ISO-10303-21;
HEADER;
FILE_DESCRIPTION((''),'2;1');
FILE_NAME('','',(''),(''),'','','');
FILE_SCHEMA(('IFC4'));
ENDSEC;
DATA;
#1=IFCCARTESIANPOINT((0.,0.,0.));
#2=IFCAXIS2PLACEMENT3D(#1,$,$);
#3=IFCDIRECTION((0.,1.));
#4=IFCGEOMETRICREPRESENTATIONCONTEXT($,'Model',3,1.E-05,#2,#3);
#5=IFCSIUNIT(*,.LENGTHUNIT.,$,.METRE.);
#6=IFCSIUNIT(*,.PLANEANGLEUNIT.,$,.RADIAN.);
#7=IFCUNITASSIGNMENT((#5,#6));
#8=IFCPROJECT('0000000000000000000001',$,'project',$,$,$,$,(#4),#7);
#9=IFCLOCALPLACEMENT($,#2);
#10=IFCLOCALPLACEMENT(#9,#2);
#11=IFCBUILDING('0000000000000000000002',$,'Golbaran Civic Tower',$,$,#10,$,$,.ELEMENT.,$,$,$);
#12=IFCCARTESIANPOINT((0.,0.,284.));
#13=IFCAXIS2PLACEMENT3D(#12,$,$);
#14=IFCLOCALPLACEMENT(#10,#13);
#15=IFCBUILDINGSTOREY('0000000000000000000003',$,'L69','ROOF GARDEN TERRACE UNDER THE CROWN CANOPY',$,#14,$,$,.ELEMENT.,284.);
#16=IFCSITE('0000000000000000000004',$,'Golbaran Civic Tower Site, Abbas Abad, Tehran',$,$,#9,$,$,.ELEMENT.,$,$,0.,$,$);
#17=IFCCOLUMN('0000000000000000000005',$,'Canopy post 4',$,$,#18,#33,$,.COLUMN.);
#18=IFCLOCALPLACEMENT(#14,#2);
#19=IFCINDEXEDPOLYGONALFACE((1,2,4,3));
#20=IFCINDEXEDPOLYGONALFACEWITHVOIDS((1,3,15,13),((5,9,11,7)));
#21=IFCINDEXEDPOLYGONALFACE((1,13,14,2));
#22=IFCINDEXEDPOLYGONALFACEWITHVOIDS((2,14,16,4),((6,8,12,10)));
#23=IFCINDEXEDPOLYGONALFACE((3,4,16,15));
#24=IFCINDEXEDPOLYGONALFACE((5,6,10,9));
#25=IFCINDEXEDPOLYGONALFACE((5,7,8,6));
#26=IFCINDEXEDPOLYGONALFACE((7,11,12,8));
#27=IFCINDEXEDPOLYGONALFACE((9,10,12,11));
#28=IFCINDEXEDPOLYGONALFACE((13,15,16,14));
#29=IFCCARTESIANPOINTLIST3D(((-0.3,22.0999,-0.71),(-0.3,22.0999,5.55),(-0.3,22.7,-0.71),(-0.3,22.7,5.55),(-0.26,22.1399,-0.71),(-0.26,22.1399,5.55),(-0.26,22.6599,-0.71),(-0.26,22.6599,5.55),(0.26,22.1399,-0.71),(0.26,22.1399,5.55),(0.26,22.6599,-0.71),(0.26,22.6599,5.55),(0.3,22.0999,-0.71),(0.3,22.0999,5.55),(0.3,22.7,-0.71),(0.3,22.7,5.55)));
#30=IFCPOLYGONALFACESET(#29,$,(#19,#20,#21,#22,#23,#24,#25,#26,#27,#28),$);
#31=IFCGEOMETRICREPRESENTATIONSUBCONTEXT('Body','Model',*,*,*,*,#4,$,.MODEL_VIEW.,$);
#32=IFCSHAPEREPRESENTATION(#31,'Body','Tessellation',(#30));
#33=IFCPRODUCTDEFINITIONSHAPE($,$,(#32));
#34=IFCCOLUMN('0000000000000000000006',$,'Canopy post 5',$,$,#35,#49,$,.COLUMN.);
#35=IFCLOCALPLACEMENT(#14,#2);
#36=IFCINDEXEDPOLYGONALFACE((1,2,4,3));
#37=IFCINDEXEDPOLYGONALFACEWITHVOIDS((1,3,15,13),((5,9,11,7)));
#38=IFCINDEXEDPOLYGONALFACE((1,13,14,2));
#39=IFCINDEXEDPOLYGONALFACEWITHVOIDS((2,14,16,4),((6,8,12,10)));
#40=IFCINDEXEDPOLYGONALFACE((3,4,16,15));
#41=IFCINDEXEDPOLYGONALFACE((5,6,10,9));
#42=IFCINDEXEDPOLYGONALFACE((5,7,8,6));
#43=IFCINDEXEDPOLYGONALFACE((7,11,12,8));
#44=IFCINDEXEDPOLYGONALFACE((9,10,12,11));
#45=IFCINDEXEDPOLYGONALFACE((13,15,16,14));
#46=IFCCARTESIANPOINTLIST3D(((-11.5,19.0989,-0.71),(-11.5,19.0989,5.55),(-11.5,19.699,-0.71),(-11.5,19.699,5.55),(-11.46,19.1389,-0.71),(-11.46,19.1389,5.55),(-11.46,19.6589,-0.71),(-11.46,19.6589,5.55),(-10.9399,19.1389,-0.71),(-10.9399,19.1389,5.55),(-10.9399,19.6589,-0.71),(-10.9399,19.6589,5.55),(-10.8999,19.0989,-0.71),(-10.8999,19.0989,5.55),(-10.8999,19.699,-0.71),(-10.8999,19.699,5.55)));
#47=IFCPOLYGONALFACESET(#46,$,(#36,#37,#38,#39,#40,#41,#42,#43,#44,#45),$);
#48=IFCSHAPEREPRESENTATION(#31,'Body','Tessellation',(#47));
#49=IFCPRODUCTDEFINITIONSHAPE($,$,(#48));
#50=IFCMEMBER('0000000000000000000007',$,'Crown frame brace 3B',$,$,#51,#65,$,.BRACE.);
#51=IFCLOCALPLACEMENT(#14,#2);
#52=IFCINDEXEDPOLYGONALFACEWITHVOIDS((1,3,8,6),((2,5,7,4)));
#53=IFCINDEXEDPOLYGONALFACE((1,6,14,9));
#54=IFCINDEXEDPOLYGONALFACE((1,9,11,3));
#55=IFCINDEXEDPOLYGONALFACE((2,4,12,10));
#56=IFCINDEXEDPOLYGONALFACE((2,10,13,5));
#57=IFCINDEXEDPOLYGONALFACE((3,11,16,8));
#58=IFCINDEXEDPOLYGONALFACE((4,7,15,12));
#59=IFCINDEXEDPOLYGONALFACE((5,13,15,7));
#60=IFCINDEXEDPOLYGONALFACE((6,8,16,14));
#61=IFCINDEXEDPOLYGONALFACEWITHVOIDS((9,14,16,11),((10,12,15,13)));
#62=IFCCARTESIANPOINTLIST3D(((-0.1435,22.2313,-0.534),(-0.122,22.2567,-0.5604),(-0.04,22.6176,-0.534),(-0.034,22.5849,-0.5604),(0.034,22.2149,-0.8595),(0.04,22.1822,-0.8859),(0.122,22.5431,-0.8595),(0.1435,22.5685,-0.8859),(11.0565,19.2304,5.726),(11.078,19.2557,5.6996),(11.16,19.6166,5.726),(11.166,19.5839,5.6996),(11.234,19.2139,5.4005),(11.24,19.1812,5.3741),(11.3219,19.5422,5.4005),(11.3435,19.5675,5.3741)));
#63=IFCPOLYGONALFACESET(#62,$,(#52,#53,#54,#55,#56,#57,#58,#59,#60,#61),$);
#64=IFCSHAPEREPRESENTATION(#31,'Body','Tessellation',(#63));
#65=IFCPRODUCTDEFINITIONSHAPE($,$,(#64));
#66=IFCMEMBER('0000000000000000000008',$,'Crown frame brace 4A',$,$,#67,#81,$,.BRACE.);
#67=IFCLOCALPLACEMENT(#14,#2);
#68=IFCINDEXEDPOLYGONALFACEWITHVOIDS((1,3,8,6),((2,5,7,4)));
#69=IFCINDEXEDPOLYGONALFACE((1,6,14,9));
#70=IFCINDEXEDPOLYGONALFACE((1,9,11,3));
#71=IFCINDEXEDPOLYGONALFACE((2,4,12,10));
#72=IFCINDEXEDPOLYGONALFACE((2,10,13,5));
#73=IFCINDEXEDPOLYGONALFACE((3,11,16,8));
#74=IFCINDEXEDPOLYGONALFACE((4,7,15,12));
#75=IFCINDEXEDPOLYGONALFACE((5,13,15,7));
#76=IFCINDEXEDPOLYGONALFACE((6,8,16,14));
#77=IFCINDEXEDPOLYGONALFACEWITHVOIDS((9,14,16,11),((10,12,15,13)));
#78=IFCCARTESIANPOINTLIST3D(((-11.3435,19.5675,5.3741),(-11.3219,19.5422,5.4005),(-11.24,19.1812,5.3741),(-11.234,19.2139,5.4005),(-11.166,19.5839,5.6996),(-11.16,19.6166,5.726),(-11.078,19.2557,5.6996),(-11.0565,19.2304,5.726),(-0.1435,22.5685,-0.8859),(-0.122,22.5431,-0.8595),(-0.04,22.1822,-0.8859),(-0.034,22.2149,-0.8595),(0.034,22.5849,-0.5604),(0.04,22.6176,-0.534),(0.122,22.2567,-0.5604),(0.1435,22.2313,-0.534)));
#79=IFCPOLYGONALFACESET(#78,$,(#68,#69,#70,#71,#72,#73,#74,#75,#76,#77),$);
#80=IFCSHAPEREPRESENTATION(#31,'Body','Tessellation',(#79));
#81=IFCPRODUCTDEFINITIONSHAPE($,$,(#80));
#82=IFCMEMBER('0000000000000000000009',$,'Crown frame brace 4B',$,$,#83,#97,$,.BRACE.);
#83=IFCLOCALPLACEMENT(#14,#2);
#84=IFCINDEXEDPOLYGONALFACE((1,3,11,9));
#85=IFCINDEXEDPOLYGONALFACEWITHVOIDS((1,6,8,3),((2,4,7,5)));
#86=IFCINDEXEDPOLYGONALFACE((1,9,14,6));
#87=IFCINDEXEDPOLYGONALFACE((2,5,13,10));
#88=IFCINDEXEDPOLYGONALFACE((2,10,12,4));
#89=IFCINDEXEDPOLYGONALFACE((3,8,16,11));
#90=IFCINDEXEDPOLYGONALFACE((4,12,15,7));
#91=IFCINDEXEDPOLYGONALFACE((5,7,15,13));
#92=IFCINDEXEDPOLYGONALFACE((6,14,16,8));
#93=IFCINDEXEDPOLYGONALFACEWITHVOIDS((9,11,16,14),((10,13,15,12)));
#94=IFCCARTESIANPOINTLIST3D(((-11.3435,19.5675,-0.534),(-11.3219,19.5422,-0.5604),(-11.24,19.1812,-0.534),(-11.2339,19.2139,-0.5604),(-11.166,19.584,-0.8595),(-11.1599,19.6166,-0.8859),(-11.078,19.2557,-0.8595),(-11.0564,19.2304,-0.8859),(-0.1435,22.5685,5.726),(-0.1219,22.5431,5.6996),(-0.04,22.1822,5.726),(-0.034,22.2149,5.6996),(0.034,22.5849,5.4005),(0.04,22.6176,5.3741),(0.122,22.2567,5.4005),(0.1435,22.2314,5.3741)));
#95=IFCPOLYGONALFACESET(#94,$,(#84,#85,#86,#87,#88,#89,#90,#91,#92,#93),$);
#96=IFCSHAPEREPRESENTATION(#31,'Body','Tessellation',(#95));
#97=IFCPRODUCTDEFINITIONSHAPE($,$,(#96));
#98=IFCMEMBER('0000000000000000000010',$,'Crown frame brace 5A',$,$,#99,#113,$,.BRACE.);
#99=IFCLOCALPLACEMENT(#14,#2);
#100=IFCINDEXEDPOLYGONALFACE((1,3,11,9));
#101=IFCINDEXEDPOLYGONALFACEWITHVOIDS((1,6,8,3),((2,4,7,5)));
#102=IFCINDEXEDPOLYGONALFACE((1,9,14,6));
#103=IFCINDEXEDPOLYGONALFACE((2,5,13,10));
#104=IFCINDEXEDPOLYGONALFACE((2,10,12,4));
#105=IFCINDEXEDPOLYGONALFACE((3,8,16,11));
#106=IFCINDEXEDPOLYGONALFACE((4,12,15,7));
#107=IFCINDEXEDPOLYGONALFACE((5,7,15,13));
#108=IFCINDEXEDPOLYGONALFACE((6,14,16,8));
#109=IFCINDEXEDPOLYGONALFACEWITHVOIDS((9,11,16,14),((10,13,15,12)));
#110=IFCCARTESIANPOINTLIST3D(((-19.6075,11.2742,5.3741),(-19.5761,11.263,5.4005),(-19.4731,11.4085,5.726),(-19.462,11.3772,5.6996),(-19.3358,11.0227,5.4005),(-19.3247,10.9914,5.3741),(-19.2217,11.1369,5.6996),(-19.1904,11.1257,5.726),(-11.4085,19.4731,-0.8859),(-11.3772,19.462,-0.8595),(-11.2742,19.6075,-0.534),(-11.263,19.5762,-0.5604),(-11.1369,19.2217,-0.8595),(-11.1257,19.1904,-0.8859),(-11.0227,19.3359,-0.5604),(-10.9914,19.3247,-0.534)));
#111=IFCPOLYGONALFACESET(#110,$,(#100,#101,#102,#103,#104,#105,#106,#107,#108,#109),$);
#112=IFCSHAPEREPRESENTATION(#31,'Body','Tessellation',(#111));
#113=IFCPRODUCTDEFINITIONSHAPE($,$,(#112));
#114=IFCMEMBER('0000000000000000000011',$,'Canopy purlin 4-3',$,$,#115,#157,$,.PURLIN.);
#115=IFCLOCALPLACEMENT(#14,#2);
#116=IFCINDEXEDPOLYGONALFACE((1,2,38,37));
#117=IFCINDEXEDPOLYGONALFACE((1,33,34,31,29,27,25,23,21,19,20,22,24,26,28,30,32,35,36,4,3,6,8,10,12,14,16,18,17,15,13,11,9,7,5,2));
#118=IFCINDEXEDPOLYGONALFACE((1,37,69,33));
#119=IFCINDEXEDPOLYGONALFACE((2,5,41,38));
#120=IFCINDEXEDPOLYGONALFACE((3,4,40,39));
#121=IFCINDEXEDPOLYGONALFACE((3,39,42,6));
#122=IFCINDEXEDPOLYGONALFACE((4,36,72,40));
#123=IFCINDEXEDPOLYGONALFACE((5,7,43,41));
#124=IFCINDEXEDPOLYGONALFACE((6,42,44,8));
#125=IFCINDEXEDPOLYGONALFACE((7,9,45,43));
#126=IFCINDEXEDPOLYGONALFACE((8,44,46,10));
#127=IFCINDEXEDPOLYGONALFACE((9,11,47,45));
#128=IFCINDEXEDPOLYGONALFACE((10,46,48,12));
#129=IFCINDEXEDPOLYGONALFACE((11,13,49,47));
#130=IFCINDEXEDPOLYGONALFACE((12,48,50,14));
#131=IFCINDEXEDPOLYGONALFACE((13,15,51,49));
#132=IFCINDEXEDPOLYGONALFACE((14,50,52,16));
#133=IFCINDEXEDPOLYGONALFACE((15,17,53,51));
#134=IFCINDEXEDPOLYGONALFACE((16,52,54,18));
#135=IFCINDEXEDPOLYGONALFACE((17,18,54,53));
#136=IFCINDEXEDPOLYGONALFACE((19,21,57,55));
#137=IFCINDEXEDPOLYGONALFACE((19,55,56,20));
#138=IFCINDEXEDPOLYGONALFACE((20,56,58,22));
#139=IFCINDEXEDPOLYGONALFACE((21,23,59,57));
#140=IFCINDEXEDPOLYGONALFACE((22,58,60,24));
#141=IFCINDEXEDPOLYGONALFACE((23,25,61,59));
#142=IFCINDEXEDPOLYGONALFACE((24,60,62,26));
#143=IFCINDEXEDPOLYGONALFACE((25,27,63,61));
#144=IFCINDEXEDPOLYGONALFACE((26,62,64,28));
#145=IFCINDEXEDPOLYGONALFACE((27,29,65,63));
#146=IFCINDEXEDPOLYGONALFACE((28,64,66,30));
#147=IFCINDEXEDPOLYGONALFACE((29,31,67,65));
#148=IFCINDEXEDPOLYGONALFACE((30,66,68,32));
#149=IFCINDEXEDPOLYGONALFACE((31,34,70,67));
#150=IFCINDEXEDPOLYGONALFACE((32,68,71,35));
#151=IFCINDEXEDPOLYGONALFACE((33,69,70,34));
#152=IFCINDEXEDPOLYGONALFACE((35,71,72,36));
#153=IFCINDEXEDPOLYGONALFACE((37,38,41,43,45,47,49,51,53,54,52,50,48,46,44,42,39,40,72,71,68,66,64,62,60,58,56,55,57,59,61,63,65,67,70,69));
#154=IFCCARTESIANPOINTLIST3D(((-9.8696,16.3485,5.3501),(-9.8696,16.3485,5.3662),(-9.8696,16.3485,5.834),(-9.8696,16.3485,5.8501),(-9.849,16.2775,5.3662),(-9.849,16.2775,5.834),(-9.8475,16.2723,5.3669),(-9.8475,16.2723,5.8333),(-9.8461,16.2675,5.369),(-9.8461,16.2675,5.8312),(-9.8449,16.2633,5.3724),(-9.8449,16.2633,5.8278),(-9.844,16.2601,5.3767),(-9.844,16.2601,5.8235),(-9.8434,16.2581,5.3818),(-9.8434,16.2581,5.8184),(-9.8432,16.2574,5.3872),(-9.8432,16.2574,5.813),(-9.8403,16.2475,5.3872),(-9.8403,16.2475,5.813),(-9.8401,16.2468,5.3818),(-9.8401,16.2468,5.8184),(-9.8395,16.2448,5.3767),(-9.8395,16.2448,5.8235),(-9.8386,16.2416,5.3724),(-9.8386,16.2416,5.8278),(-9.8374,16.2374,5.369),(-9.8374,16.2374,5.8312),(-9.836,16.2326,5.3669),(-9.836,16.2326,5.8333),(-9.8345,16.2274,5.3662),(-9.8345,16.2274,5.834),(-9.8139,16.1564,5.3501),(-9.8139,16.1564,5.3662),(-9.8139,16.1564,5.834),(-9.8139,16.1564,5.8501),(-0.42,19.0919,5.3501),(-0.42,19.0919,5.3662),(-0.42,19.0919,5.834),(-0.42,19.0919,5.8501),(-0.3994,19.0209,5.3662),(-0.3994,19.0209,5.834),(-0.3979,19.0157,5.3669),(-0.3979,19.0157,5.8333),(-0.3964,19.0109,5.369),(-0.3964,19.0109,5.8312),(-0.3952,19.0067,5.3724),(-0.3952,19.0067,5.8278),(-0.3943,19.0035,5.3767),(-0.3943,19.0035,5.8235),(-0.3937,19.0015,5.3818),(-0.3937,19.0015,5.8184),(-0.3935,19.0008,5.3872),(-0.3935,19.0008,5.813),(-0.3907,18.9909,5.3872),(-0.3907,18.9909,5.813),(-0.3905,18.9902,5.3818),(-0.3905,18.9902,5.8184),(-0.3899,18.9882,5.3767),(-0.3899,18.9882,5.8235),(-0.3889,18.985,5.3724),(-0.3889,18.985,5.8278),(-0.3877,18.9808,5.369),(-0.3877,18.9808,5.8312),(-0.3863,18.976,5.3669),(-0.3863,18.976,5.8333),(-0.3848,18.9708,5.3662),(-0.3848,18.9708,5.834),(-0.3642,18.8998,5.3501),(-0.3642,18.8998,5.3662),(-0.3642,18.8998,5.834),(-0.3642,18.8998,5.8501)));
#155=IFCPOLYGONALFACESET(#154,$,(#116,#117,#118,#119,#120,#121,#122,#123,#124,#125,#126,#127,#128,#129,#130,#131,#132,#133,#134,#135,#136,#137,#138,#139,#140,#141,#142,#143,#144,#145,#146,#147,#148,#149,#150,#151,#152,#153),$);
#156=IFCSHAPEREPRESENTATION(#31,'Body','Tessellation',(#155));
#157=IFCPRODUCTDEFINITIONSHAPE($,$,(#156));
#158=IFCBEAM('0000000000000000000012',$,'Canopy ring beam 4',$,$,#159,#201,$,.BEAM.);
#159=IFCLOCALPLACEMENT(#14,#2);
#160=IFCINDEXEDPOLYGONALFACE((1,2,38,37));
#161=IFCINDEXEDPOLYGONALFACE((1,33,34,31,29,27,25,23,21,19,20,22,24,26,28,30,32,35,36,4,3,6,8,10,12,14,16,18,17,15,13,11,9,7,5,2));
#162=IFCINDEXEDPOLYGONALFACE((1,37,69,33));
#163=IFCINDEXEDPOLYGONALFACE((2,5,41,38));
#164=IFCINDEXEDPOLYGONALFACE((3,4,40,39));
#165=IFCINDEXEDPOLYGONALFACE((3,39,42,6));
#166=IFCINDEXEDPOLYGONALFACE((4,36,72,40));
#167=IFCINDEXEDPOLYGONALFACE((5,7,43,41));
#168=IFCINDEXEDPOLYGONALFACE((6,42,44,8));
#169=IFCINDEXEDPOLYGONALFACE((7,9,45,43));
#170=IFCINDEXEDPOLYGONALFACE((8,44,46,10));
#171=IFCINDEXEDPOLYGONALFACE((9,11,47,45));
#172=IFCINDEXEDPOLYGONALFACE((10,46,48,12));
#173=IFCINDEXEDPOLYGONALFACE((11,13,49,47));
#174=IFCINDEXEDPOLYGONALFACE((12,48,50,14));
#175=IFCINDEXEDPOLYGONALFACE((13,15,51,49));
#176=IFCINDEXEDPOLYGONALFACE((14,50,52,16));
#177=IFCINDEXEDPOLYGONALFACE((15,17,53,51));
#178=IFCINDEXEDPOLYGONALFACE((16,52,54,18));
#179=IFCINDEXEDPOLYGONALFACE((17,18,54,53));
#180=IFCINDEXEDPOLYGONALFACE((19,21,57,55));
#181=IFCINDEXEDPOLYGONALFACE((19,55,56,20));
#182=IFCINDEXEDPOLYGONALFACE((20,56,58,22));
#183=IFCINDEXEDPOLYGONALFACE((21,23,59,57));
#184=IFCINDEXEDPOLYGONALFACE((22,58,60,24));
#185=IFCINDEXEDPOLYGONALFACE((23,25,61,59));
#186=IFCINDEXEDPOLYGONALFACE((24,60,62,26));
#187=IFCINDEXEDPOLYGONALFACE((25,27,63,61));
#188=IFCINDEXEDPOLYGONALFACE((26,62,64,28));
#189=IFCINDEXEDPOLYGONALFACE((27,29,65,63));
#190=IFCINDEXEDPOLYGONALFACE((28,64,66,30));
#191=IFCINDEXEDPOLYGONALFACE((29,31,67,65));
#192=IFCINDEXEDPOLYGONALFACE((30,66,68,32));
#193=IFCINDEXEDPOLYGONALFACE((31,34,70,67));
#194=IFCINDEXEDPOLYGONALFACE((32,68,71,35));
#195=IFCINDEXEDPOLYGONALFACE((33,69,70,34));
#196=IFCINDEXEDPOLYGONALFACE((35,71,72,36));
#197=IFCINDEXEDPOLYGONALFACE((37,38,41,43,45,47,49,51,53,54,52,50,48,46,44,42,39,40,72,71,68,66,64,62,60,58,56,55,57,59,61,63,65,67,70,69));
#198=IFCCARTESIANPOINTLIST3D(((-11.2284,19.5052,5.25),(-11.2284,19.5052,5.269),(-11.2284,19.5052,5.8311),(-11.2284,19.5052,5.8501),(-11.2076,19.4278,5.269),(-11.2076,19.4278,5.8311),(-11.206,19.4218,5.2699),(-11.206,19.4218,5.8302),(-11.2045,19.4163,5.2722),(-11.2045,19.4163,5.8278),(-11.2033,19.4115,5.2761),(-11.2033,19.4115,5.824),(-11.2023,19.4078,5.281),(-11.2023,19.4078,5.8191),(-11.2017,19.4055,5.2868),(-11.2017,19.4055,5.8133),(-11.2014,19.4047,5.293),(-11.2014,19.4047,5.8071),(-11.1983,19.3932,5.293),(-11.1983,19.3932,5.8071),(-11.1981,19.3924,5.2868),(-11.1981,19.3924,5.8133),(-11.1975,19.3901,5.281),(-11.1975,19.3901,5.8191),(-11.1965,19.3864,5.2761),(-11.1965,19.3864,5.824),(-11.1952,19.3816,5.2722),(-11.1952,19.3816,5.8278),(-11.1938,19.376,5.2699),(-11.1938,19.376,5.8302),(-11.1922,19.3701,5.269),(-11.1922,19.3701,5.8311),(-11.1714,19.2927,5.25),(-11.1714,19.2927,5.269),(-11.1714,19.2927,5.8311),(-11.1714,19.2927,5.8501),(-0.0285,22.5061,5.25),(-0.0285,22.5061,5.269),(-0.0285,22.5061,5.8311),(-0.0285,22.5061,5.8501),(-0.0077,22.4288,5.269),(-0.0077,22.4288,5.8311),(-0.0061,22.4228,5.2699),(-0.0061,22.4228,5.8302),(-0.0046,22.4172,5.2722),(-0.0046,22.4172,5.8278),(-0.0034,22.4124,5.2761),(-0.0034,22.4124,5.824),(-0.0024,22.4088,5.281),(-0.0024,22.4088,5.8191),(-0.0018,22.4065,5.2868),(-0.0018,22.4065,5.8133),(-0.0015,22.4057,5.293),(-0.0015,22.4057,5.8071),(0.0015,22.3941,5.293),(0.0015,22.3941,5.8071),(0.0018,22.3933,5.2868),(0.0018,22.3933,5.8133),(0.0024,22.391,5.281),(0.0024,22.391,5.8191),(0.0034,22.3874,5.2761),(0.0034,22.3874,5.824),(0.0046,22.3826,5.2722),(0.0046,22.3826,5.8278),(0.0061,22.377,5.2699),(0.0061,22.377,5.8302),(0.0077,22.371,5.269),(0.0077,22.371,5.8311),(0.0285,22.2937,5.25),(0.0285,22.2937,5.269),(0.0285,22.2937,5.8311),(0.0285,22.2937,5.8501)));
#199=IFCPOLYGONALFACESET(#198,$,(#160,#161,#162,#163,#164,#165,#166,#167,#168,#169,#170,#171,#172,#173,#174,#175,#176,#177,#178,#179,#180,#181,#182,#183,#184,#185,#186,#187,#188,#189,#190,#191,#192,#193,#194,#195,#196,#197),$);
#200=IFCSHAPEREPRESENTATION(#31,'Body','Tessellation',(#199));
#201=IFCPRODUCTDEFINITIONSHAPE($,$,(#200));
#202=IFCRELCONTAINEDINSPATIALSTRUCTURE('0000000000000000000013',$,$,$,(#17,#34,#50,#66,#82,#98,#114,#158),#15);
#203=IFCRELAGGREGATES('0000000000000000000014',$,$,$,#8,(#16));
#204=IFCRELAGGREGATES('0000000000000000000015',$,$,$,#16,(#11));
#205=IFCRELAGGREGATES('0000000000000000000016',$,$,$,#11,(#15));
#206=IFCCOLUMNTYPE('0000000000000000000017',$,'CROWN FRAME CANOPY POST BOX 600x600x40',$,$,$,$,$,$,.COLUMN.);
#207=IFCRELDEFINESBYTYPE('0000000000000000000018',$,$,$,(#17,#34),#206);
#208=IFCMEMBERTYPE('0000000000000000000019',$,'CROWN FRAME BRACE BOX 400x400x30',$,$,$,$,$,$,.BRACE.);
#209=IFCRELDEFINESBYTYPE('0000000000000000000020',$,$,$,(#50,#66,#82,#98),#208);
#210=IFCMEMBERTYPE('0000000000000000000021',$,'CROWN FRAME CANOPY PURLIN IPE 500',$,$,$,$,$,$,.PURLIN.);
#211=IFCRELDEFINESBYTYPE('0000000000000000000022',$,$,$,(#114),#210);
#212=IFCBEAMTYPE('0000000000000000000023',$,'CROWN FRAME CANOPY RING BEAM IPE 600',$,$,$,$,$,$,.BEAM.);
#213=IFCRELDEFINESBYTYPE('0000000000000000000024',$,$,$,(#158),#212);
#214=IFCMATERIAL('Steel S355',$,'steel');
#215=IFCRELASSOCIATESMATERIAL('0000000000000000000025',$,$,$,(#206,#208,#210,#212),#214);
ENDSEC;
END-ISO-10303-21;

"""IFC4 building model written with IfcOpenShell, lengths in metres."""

from ifc_helpers import new_model, si_unit, direction, frame, origin, origin_2d, place, context, subcontext, project, spatial, hollow_rectangle, i_section, extrude, material, material_profile, profile_set, type_object, element, save


model = new_model("IFC4")

# Units and contexts
model_context = context("Model", 3, precision=1e-05, world=origin(), true_north=direction((0.0, 1.0)))
body_context = subcontext(model_context, "Body", "Model", "MODEL_VIEW")
ifc_project = project(units=[si_unit("LENGTHUNIT", "METRE"), si_unit("PLANEANGLEUNIT", "RADIAN")], contexts=[model_context])

# Site, building, storey
site_placement = place(None, origin())
site = spatial("IfcSite", under=ifc_project, at=site_placement, Name="Golbaran Civic Tower Site, Abbas Abad, Tehran", CompositionType="ELEMENT", RefElevation=0.0)
building_placement = place(site_placement, origin())
building = spatial("IfcBuilding", under=site, at=building_placement, Name="Golbaran Civic Tower", CompositionType="ELEMENT")
storey_placement = place(building_placement, frame((0.0, 0.0, 284.0)))
storey = spatial("IfcBuildingStorey", under=building, at=storey_placement, Name="L69", Description="ROOF GARDEN TERRACE UNDER THE CROWN CANOPY", CompositionType="ELEMENT", Elevation=284.0)

# Columns
ifc_material_1 = material(Name="Steel S355", Category="steel")
ifc_material_profile_1 = material_profile(ifc_material_1, hollow_rectangle(XDim=0.6001, YDim=0.6001, WallThickness=0.04, at=origin_2d()), Name="BOX 600x600x40")
ifc_profile_set_1 = profile_set([ifc_material_profile_1], Name="Steel S355")
column_type = type_object("IfcColumnType", Name="CROWN FRAME CANOPY POST BOX 600x600x40", PredefinedType="COLUMN", material=ifc_profile_set_1)
for number, where, z_axis, x_axis, name in (
    (1, (0.0, 22.3999, -0.71), (0.0, 0.0, 1.0), (1.0, 0.0, 0.0), "Canopy post 4"),
    (2, (-11.2, 19.3989, -0.71), (0.0, 0.0, 1.0), (1.0, 0.0, 0.0), "Canopy post 5"),
):
    element("IfcColumn", number, at=place(storey_placement, frame(where, z_axis=z_axis, x_axis=x_axis)), inside=storey, type_object=column_type, Name=name, PredefinedType="COLUMN", context=body_context, shape_type="SweptSolid", body=[
        extrude(hollow_rectangle(XDim=0.6001, YDim=0.6001, WallThickness=0.04, at=origin_2d()), origin(), (0.0, 0.0, 1.0), 6.26),
    ])

# Members
ifc_material_profile_2 = material_profile(ifc_material_1, hollow_rectangle(XDim=0.3999, YDim=0.3999, WallThickness=0.03, at=origin_2d()), Name="BOX 400x400x30")
ifc_profile_set_2 = profile_set([ifc_material_profile_2], Name="Steel S355")
member_type_1 = type_object("IfcMemberType", Name="CROWN FRAME BRACE BOX 400x400x30", PredefinedType="BRACE", material=ifc_profile_set_2)
for number, where, z_axis, x_axis, name in (
    (3, (0.0, 22.3999, -0.71), (0.849964, -0.227744, 0.475072), (0.258816, 0.965927, 0.0), "Crown frame brace 3B"),
    (4, (0.0, 22.3999, -0.71), (-0.849964, -0.227744, 0.475072), (0.258816, -0.965927, 0.0), "Crown frame brace 4A"),
    (5, (-11.2, 19.3989, -0.71), (0.849964, 0.227744, 0.475072), (-0.258816, 0.965927, 0.0), "Crown frame brace 4B"),
    (6, (-11.2, 19.3989, -0.71), (-0.622217, -0.622217, 0.47507), (0.707107, -0.707107, 0.0), "Crown frame brace 5A"),
):
    element("IfcMember", number, at=place(storey_placement, frame(where, z_axis=z_axis, x_axis=x_axis)), inside=storey, type_object=member_type_1, Name=name, PredefinedType="BRACE", context=body_context, shape_type="SweptSolid", body=[
        extrude(hollow_rectangle(XDim=0.3999, YDim=0.3999, WallThickness=0.03, at=origin_2d()), origin(), (0.0, 0.0, 1.0), 13.177),
    ])
ifc_material_profile_3 = material_profile(ifc_material_1, i_section(OverallWidth=0.2, OverallDepth=0.5, WebThickness=0.0103, FlangeThickness=0.0161, FilletRadius=0.021, at=origin_2d()), Name="IPE 500")
ifc_profile_set_3 = profile_set([ifc_material_profile_3], Name="Steel S355")
member_type_2 = type_object("IfcMemberType", Name="CROWN FRAME CANOPY PURLIN IPE 500", PredefinedType="PURLIN", material=ifc_profile_set_3)
member_1_placement = place(storey_placement, frame((-0.3921, 18.9958, 5.6001), z_axis=(-0.960348, -0.278805, 0.0), x_axis=(0.278805, -0.960348, 0.0)))
element("IfcMember", 7, at=member_1_placement, inside=storey, type_object=member_type_2, Name="Canopy purlin 4-3", PredefinedType="PURLIN", context=body_context, shape_type="SweptSolid", body=[
    extrude(i_section(OverallWidth=0.2, OverallDepth=0.5, WebThickness=0.0103, FlangeThickness=0.0161, FilletRadius=0.021, at=origin_2d()), origin(), (0.0, 0.0, 1.0), 9.8398),
])

# Beam
ifc_material_profile_4 = material_profile(ifc_material_1, i_section(OverallWidth=0.22, OverallDepth=0.6001, WebThickness=0.012, FlangeThickness=0.019, FilletRadius=0.0239, at=origin_2d()), Name="IPE 600")
ifc_profile_set_4 = profile_set([ifc_material_profile_4], Name="Steel S355")
beam_type_1 = type_object("IfcBeamType", Name="CROWN FRAME CANOPY RING BEAM IPE 600", PredefinedType="BEAM", material=ifc_profile_set_4)
beam_1_placement = place(storey_placement, frame((0.0, 22.3999, 5.55), z_axis=(-0.965927, -0.258816, 0.0), x_axis=(0.258816, -0.965927, 0.0)))
element("IfcBeam", 8, at=beam_1_placement, inside=storey, type_object=beam_type_1, Name="Canopy ring beam 4", PredefinedType="BEAM", context=body_context, shape_type="SweptSolid", body=[
    extrude(i_section(OverallWidth=0.22, OverallDepth=0.6001, WebThickness=0.012, FlangeThickness=0.019, FilletRadius=0.0239, at=origin_2d()), origin(), (0.0, 0.0, 1.0), 11.595),
])

save(model, "model.ifc")
